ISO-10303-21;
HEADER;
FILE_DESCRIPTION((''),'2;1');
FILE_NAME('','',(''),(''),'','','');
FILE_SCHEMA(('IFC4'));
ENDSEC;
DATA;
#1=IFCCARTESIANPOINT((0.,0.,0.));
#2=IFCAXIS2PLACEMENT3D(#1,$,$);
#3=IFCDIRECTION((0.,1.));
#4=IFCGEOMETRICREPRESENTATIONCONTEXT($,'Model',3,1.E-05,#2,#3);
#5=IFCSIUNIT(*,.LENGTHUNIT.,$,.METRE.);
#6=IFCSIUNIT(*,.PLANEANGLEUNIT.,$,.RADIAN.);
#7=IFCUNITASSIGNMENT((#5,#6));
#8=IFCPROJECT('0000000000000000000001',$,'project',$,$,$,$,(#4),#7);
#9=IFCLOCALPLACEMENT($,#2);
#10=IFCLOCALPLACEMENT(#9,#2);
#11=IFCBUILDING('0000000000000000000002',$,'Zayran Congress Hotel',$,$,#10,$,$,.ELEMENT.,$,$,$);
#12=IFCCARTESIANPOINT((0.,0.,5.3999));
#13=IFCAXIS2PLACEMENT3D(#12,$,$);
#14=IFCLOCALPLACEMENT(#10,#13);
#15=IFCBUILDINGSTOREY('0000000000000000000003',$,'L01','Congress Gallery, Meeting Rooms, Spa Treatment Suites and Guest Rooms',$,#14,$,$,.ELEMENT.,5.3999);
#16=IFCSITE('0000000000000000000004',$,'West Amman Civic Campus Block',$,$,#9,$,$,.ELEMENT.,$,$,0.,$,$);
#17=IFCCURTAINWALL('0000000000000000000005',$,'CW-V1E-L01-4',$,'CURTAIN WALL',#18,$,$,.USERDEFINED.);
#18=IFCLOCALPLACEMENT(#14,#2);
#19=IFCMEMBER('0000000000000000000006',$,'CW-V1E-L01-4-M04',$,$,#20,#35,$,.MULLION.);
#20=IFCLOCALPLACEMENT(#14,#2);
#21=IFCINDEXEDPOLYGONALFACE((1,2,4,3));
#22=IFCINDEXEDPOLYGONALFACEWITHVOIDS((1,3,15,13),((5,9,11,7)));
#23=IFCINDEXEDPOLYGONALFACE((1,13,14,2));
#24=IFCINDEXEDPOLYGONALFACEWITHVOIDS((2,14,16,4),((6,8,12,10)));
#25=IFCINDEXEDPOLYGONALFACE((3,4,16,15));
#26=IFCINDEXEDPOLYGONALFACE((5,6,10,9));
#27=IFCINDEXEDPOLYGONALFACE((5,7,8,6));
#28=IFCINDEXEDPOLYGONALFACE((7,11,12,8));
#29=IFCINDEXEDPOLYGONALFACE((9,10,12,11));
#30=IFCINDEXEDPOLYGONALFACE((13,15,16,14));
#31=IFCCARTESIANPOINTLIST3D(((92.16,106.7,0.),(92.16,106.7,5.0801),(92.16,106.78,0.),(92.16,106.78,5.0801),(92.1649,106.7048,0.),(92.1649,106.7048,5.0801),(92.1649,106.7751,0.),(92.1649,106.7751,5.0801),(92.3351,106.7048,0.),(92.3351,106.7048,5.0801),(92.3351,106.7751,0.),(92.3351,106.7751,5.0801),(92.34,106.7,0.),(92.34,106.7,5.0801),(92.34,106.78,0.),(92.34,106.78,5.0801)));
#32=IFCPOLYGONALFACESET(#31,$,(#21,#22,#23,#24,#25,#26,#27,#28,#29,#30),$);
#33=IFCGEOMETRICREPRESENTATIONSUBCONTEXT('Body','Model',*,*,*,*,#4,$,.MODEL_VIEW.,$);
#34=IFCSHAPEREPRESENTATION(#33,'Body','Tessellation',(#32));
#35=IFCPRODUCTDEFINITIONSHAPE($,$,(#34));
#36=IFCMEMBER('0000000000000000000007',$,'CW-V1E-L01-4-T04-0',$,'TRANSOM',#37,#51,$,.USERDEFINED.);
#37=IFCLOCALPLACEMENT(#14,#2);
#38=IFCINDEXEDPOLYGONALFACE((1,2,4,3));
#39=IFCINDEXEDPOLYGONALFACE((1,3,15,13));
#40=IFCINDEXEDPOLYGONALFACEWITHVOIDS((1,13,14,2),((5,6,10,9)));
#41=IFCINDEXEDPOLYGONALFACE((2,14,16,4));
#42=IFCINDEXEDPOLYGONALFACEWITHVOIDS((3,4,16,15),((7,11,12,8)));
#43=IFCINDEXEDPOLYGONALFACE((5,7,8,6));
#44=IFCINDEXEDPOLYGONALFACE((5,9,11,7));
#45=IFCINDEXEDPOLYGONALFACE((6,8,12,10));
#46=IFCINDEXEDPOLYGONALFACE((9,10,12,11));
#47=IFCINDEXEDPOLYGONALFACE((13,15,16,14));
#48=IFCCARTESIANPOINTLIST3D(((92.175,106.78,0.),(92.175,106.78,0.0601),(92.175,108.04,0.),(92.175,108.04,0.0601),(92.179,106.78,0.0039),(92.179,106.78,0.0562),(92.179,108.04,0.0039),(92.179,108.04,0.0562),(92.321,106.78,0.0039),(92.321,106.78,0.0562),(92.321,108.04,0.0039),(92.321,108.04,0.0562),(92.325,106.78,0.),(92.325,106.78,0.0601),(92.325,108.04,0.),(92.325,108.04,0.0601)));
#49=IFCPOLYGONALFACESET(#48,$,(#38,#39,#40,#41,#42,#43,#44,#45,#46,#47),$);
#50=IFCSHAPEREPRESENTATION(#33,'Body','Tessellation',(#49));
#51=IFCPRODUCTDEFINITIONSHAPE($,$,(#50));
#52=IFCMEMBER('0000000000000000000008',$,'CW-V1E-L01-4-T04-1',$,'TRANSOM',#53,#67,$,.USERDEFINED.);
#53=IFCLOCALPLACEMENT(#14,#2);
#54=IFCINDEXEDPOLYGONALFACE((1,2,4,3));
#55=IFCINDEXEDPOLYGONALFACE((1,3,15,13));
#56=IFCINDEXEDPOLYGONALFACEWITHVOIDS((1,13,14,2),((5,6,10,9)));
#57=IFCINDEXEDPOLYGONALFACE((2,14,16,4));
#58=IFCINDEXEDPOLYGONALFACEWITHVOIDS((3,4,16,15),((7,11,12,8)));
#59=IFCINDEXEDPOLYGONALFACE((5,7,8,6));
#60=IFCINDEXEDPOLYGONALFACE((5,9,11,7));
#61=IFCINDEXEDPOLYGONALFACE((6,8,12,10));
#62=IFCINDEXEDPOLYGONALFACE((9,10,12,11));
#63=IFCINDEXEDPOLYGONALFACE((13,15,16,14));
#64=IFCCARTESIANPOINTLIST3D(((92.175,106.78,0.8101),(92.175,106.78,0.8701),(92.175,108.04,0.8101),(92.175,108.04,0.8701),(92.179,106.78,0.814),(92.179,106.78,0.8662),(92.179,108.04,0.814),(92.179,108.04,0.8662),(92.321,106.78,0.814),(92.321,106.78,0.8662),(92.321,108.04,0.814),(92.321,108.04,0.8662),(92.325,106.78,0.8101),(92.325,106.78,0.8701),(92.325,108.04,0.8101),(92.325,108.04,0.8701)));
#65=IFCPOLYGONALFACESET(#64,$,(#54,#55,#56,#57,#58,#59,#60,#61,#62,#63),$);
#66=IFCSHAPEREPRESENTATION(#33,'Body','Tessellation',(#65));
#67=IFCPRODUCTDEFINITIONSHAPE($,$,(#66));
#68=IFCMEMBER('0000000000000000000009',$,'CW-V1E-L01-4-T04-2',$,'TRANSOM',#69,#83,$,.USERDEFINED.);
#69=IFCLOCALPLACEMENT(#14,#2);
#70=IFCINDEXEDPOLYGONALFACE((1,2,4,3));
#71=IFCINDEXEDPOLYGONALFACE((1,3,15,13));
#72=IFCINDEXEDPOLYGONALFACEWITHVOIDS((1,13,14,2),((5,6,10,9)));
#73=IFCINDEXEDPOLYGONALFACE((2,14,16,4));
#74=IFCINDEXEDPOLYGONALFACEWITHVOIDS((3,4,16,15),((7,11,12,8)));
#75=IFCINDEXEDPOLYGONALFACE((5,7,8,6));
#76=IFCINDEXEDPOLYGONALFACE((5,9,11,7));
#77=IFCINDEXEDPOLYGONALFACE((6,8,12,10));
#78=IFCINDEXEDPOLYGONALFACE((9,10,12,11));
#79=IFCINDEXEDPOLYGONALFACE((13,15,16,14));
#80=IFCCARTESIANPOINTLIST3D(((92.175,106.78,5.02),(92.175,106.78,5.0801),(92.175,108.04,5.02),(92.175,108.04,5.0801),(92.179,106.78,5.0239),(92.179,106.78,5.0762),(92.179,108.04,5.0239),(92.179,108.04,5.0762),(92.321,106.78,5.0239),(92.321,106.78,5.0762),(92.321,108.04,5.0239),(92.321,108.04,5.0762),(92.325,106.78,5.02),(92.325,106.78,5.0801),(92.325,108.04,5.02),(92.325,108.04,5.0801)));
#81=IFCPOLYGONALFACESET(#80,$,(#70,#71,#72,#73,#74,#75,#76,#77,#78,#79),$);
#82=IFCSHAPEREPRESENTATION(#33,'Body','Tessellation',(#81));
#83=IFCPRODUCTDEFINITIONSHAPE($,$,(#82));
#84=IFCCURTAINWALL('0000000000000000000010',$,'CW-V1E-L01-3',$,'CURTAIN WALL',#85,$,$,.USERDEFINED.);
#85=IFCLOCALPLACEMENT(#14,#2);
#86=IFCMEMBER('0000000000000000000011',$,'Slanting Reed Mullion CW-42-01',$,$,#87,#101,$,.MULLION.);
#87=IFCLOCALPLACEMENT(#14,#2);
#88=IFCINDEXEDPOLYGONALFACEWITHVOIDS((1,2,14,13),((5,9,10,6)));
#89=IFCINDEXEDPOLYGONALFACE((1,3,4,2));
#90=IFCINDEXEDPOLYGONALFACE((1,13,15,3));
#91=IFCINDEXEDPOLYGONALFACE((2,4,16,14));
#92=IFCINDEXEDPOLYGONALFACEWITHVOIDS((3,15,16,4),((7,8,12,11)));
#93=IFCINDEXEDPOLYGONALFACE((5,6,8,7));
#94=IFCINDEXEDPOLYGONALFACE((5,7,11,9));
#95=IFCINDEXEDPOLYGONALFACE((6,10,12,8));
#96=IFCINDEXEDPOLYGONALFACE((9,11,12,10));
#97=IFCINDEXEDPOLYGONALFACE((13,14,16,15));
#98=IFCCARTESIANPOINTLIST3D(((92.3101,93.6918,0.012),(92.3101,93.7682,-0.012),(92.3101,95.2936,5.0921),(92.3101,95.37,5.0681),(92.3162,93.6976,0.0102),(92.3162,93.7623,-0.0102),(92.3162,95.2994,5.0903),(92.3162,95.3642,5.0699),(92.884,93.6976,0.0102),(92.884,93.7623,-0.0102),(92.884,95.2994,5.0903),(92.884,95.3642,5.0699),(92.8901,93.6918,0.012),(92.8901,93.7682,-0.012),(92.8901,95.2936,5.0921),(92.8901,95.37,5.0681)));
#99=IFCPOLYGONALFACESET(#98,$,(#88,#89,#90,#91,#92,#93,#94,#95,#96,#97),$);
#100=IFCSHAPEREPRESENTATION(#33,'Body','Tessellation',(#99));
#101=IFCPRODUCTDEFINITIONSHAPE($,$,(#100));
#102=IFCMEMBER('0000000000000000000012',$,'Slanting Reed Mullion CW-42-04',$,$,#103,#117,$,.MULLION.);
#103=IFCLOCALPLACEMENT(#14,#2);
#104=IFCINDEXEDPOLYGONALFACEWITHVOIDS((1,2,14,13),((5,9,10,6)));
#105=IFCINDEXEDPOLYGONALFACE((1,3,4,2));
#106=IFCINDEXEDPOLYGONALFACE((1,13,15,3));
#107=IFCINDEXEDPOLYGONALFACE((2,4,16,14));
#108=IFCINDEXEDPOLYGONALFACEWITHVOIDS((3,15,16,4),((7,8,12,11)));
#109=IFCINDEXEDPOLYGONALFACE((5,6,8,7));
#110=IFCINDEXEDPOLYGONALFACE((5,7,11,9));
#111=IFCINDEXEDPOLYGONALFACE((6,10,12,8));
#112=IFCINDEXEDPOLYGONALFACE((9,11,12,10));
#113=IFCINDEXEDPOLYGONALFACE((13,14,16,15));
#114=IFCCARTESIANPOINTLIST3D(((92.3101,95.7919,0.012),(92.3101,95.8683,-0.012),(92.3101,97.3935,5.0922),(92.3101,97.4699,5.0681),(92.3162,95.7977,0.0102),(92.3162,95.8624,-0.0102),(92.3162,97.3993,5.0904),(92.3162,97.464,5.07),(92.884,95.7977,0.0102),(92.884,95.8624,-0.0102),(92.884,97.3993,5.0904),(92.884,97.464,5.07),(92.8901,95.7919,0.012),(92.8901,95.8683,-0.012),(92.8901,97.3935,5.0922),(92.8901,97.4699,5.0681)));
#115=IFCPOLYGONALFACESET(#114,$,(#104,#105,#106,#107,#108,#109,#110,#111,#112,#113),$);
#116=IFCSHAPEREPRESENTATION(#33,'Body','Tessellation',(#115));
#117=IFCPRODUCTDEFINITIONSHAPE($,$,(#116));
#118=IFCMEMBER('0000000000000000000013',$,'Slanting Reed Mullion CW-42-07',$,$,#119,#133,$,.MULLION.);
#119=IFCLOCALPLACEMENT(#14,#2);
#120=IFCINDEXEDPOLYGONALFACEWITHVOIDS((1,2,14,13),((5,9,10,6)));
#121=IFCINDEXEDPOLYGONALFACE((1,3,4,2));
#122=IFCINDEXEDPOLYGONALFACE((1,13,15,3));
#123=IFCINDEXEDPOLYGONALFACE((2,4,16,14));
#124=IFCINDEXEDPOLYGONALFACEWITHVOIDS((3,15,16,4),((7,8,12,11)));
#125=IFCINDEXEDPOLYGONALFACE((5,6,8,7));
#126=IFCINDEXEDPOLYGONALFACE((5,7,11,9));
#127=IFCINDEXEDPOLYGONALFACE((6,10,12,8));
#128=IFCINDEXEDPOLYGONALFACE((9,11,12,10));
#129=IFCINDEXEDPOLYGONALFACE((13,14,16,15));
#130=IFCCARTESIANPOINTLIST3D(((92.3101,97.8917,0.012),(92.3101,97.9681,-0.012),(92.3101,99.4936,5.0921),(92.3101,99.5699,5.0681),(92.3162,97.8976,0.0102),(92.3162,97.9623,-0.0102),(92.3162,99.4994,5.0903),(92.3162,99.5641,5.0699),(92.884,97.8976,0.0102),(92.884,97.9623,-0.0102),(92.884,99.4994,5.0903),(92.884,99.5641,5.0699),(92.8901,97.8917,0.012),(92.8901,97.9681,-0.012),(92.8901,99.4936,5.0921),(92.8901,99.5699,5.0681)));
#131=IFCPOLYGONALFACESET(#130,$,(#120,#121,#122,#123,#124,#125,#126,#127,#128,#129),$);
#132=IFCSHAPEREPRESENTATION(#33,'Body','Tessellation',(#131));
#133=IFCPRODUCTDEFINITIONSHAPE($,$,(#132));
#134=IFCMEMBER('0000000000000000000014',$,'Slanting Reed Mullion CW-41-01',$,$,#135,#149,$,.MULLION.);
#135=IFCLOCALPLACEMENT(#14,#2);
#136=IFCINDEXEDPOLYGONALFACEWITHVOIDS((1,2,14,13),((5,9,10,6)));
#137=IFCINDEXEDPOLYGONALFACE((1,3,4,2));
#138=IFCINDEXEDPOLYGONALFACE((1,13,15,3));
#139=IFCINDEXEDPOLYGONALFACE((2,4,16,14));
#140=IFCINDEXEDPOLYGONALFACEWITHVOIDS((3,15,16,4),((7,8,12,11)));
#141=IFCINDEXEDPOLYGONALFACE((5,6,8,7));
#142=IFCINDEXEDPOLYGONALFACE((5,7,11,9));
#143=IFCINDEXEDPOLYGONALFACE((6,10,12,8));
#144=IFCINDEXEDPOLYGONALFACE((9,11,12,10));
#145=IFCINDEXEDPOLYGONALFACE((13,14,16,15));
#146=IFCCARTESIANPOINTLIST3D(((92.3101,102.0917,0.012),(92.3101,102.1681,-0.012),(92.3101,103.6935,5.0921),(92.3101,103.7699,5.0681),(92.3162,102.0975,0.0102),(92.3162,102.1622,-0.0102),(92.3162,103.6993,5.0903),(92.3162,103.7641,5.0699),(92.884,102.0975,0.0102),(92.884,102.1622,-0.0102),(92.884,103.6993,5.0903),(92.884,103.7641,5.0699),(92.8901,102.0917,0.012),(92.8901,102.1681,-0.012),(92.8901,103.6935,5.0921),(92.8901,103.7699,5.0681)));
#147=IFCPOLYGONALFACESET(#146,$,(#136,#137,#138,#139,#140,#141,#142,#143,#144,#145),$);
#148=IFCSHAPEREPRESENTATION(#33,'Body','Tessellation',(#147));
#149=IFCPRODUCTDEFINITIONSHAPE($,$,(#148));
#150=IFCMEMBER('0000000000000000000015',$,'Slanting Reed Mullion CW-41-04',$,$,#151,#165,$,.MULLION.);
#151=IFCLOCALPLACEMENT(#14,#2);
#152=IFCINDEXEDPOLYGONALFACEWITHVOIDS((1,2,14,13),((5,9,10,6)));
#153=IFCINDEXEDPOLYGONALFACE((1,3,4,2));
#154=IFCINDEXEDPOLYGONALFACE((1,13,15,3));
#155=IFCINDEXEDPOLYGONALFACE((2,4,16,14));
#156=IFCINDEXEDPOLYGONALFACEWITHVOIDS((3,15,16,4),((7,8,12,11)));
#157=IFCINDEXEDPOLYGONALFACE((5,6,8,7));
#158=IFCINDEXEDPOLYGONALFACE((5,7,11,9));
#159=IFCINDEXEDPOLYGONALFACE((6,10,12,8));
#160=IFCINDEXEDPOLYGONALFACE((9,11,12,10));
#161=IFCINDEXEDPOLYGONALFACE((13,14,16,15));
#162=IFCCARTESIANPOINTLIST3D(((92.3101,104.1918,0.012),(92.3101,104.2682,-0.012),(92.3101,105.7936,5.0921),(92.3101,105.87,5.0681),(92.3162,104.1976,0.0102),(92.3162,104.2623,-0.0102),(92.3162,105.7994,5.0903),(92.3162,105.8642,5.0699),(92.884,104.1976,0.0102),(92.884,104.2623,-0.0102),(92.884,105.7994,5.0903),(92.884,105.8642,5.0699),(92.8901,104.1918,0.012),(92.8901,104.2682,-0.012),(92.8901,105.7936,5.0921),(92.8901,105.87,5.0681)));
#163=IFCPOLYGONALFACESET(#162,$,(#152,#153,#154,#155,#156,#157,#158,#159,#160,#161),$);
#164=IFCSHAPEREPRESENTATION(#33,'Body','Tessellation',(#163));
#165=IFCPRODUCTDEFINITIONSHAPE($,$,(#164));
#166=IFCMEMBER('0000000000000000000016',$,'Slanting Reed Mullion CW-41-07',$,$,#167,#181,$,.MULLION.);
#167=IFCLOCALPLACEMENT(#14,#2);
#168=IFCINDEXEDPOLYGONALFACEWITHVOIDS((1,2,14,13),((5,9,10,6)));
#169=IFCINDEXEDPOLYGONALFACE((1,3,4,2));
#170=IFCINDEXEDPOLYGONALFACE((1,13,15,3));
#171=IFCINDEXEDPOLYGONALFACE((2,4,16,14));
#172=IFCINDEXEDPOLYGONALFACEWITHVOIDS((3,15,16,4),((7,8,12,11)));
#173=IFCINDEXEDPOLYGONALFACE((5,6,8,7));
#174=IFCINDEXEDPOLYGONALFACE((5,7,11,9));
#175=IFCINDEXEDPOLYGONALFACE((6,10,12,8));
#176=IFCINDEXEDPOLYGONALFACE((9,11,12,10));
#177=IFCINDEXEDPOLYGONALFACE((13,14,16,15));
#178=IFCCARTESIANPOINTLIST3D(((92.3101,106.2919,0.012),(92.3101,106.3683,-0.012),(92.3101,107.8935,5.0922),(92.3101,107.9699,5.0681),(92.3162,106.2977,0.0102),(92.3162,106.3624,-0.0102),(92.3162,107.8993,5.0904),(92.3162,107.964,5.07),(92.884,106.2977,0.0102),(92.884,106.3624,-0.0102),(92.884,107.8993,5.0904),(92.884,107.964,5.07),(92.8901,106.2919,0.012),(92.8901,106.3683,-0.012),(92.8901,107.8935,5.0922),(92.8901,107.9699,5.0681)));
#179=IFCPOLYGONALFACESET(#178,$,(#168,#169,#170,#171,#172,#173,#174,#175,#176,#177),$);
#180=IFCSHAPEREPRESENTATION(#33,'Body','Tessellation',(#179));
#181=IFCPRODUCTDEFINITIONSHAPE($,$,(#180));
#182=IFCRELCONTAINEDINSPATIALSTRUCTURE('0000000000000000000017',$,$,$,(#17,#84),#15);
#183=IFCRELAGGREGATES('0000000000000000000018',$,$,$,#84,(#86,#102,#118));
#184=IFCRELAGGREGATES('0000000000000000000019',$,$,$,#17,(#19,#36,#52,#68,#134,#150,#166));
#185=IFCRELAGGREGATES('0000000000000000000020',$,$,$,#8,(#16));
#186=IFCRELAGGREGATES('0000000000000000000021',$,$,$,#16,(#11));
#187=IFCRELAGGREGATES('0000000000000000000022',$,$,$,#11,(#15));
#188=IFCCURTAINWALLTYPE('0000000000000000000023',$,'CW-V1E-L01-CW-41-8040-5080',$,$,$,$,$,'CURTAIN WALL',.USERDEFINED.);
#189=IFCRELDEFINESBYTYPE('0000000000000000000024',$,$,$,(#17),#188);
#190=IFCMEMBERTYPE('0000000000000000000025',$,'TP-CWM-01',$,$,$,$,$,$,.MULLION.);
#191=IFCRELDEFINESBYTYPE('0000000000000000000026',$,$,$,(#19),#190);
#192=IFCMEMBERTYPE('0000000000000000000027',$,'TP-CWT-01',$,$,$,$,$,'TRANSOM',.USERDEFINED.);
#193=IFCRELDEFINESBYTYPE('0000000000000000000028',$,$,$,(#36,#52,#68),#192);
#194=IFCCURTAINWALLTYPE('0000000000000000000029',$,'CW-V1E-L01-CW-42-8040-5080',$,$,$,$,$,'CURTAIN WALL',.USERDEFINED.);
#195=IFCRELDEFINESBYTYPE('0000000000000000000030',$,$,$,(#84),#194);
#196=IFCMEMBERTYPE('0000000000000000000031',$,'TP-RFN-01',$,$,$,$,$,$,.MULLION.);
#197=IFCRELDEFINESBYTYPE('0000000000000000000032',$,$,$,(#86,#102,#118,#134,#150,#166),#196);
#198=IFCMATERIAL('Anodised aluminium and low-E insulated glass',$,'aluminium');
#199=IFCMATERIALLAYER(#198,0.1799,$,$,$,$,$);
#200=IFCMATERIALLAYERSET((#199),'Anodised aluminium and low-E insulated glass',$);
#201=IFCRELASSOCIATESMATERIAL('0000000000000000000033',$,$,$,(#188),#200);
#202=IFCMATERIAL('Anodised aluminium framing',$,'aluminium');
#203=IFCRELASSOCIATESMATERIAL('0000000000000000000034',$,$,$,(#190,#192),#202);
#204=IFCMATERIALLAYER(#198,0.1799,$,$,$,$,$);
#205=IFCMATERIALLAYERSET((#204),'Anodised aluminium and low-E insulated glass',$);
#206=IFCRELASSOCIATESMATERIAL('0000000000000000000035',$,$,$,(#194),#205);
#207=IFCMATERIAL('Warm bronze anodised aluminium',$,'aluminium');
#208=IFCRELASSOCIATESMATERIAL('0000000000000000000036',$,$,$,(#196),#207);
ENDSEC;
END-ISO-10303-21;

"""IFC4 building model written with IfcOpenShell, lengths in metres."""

from ifc_helpers import new_model, si_unit, direction, frame, origin, origin_2d, place, context, subcontext, project, spatial, hollow_rectangle, extrude, material, layer, layer_set, material_profile, profile_set, type_object, element, aggregate, save


model = new_model("IFC4")

# Units and contexts
model_context = context("Model", 3, precision=1e-05, world=origin(), true_north=direction((0.0, 1.0)))
body_context = subcontext(model_context, "Body", "Model", "MODEL_VIEW")
ifc_project = project(units=[si_unit("LENGTHUNIT", "METRE"), si_unit("PLANEANGLEUNIT", "RADIAN")], contexts=[model_context])

# Site, building, storey
site_placement = place(None, origin())
site = spatial("IfcSite", under=ifc_project, at=site_placement, Name="West Amman Civic Campus Block", CompositionType="ELEMENT", RefElevation=0.0)
building_placement = place(site_placement, origin())
building = spatial("IfcBuilding", under=site, at=building_placement, Name="Zayran Congress Hotel", CompositionType="ELEMENT")
storey_placement = place(building_placement, frame((0.0, 0.0, 5.3999)))
storey = spatial("IfcBuildingStorey", under=building, at=storey_placement, Name="L01", Description="Congress Gallery, Meeting Rooms, Spa Treatment Suites and Guest Rooms", CompositionType="ELEMENT", Elevation=5.3999)

# Curtain walls, members
ifc_material_1 = material(Name="Anodised aluminium and low-E insulated glass", Category="aluminium")
ifc_layer_1 = layer(ifc_material_1, 0.1799)
ifc_layer_set_1 = layer_set([ifc_layer_1], Name="Anodised aluminium and low-E insulated glass")
curtain_wall_type_1 = type_object("IfcCurtainWallType", Name="CW-V1E-L01-CW-41-8040-5080", ElementType="CURTAIN WALL", PredefinedType="USERDEFINED", material=ifc_layer_set_1)
curtain_wall_1_placement = place(storey_placement, origin())
curtain_wall_1 = element("IfcCurtainWall", 1, at=curtain_wall_1_placement, inside=storey, type_object=curtain_wall_type_1, Name="CW-V1E-L01-4", ObjectType="CURTAIN WALL", PredefinedType="USERDEFINED")
ifc_material_2 = material(Name="Anodised aluminium framing", Category="aluminium")
ifc_material_profile_1 = material_profile(ifc_material_2, hollow_rectangle(XDim=0.0801, YDim=0.1799, WallThickness=0.0049, at=origin_2d()), Name="RHS 180x80x5")
ifc_profile_set_1 = profile_set([ifc_material_profile_1], Name="Anodised aluminium framing")
member_type_1 = type_object("IfcMemberType", Name="TP-CWM-01", PredefinedType="MULLION", material=ifc_profile_set_1)
member_1_placement = place(storey_placement, frame((92.25, 106.74, 0.0), z_axis=(0.0, 0.0, 1.0), x_axis=(0.0, 1.0, 0.0)))
member_1 = element("IfcMember", 2, at=member_1_placement, type_object=member_type_1, Name="CW-V1E-L01-4-M04", PredefinedType="MULLION", context=body_context, shape_type="SweptSolid", body=[
    extrude(hollow_rectangle(XDim=0.0801, YDim=0.1799, WallThickness=0.0049, at=origin_2d()), origin(), (0.0, 0.0, 1.0), 5.0801),
])
ifc_material_profile_2 = material_profile(ifc_material_2, hollow_rectangle(XDim=0.0601, YDim=0.1499, WallThickness=0.0039, at=origin_2d()), Name="RHS 150x60x4")
ifc_profile_set_2 = profile_set([ifc_material_profile_2], Name="Anodised aluminium framing")
member_type_2 = type_object("IfcMemberType", Name="TP-CWT-01", ElementType="TRANSOM", PredefinedType="USERDEFINED", material=ifc_profile_set_2)
member_2_placement = place(storey_placement, frame((92.25, 106.78, 0.03), z_axis=(0.0, 1.0, 0.0), x_axis=(0.0, 0.0, 1.0)))
member_2 = element("IfcMember", 3, at=member_2_placement, type_object=member_type_2, Name="CW-V1E-L01-4-T04-0", ObjectType="TRANSOM", PredefinedType="USERDEFINED", context=body_context, shape_type="SweptSolid", body=[
    extrude(hollow_rectangle(XDim=0.0601, YDim=0.1499, WallThickness=0.0039, at=origin_2d()), origin(), (0.0, 0.0, 1.0), 1.26),
])
member_3_placement = place(storey_placement, frame((92.25, 106.78, 0.8401), z_axis=(0.0, 1.0, 0.0), x_axis=(0.0, 0.0, 1.0)))
member_3 = element("IfcMember", 4, at=member_3_placement, type_object=member_type_2, Name="CW-V1E-L01-4-T04-1", ObjectType="TRANSOM", PredefinedType="USERDEFINED", context=body_context, shape_type="SweptSolid", body=[
    extrude(hollow_rectangle(XDim=0.0601, YDim=0.1499, WallThickness=0.0039, at=origin_2d()), origin(), (0.0, 0.0, 1.0), 1.26),
])
member_4_placement = place(storey_placement, frame((92.25, 106.78, 5.05), z_axis=(0.0, 1.0, 0.0), x_axis=(0.0, 0.0, 1.0)))
member_4 = element("IfcMember", 5, at=member_4_placement, type_object=member_type_2, Name="CW-V1E-L01-4-T04-2", ObjectType="TRANSOM", PredefinedType="USERDEFINED", context=body_context, shape_type="SweptSolid", body=[
    extrude(hollow_rectangle(XDim=0.0601, YDim=0.1499, WallThickness=0.0039, at=origin_2d()), origin(), (0.0, 0.0, 1.0), 1.26),
])
ifc_layer_2 = layer(ifc_material_1, 0.1799)
ifc_layer_set_2 = layer_set([ifc_layer_2], Name="Anodised aluminium and low-E insulated glass")
curtain_wall_type_2 = type_object("IfcCurtainWallType", Name="CW-V1E-L01-CW-42-8040-5080", ElementType="CURTAIN WALL", PredefinedType="USERDEFINED", material=ifc_layer_set_2)
curtain_wall_2_placement = place(storey_placement, origin())
curtain_wall_2 = element("IfcCurtainWall", 6, at=curtain_wall_2_placement, inside=storey, type_object=curtain_wall_type_2, Name="CW-V1E-L01-3", ObjectType="CURTAIN WALL", PredefinedType="USERDEFINED")
ifc_material_3 = material(Name="Warm bronze anodised aluminium", Category="aluminium")
ifc_material_profile_3 = material_profile(ifc_material_3, hollow_rectangle(XDim=0.0801, YDim=0.5801, WallThickness=0.0061, at=origin_2d()), Name="RHS 580x80x6")
ifc_profile_set_3 = profile_set([ifc_material_profile_3], Name="Warm bronze anodised aluminium")
member_type_3 = type_object("IfcMemberType", Name="TP-RFN-01", PredefinedType="MULLION", material=ifc_profile_set_3)
member_5_placement = place(storey_placement, frame((92.6001, 93.73, 0.0), z_axis=(0.0, 0.300717, 0.953713), x_axis=(0.0, -0.953713, 0.300717)))
member_5 = element("IfcMember", 7, at=member_5_placement, type_object=member_type_3, Name="Slanting Reed Mullion CW-42-01", PredefinedType="MULLION", context=body_context, shape_type="SweptSolid", body=[
    extrude(hollow_rectangle(XDim=0.0801, YDim=0.5801, WallThickness=0.0061, at=origin_2d()), origin(), (0.0, 0.0, 1.0), 5.3267),
])
member_6_placement = place(storey_placement, frame((92.6001, 95.8301, 0.0), z_axis=(0.0, 0.300675, 0.953727), x_axis=(0.0, -0.953727, 0.300675)))
member_6 = element("IfcMember", 8, at=member_6_placement, type_object=member_type_3, Name="Slanting Reed Mullion CW-42-04", PredefinedType="MULLION", context=body_context, shape_type="SweptSolid", body=[
    extrude(hollow_rectangle(XDim=0.0801, YDim=0.5801, WallThickness=0.0061, at=origin_2d()), origin(), (0.0, 0.0, 1.0), 5.3267),
])
member_7_placement = place(storey_placement, frame((92.6001, 97.9299, 0.0), z_axis=(0.0, 0.300717, 0.953713), x_axis=(0.0, -0.953713, 0.300717)))
member_7 = element("IfcMember", 9, at=member_7_placement, type_object=member_type_3, Name="Slanting Reed Mullion CW-42-07", PredefinedType="MULLION", context=body_context, shape_type="SweptSolid", body=[
    extrude(hollow_rectangle(XDim=0.0801, YDim=0.5801, WallThickness=0.0061, at=origin_2d()), origin(), (0.0, 0.0, 1.0), 5.3267),
])

# Members
member_8_placement = place(storey_placement, frame((92.6001, 102.1299, 0.0), z_axis=(0.0, 0.300717, 0.953713), x_axis=(0.0, -0.953713, 0.300717)))
member_8 = element("IfcMember", 10, at=member_8_placement, type_object=member_type_3, Name="Slanting Reed Mullion CW-41-01", PredefinedType="MULLION", context=body_context, shape_type="SweptSolid", body=[
    extrude(hollow_rectangle(XDim=0.0801, YDim=0.5801, WallThickness=0.0061, at=origin_2d()), origin(), (0.0, 0.0, 1.0), 5.3267),
])
member_9_placement = place(storey_placement, frame((92.6001, 104.23, 0.0), z_axis=(0.0, 0.300717, 0.953713), x_axis=(0.0, -0.953713, 0.300717)))
member_9 = element("IfcMember", 11, at=member_9_placement, type_object=member_type_3, Name="Slanting Reed Mullion CW-41-04", PredefinedType="MULLION", context=body_context, shape_type="SweptSolid", body=[
    extrude(hollow_rectangle(XDim=0.0801, YDim=0.5801, WallThickness=0.0061, at=origin_2d()), origin(), (0.0, 0.0, 1.0), 5.3267),
])
member_10_placement = place(storey_placement, frame((92.6001, 106.3301, 0.0), z_axis=(0.0, 0.300675, 0.953727), x_axis=(0.0, -0.953727, 0.300675)))
member_10 = element("IfcMember", 12, at=member_10_placement, type_object=member_type_3, Name="Slanting Reed Mullion CW-41-07", PredefinedType="MULLION", context=body_context, shape_type="SweptSolid", body=[
    extrude(hollow_rectangle(XDim=0.0801, YDim=0.5801, WallThickness=0.0061, at=origin_2d()), origin(), (0.0, 0.0, 1.0), 5.3267),
])

aggregate(curtain_wall_2, [member_5, member_6, member_7])

aggregate(curtain_wall_1, [member_1, member_2, member_3, member_4, member_8, member_9, member_10])

save(model, "model.ifc")
